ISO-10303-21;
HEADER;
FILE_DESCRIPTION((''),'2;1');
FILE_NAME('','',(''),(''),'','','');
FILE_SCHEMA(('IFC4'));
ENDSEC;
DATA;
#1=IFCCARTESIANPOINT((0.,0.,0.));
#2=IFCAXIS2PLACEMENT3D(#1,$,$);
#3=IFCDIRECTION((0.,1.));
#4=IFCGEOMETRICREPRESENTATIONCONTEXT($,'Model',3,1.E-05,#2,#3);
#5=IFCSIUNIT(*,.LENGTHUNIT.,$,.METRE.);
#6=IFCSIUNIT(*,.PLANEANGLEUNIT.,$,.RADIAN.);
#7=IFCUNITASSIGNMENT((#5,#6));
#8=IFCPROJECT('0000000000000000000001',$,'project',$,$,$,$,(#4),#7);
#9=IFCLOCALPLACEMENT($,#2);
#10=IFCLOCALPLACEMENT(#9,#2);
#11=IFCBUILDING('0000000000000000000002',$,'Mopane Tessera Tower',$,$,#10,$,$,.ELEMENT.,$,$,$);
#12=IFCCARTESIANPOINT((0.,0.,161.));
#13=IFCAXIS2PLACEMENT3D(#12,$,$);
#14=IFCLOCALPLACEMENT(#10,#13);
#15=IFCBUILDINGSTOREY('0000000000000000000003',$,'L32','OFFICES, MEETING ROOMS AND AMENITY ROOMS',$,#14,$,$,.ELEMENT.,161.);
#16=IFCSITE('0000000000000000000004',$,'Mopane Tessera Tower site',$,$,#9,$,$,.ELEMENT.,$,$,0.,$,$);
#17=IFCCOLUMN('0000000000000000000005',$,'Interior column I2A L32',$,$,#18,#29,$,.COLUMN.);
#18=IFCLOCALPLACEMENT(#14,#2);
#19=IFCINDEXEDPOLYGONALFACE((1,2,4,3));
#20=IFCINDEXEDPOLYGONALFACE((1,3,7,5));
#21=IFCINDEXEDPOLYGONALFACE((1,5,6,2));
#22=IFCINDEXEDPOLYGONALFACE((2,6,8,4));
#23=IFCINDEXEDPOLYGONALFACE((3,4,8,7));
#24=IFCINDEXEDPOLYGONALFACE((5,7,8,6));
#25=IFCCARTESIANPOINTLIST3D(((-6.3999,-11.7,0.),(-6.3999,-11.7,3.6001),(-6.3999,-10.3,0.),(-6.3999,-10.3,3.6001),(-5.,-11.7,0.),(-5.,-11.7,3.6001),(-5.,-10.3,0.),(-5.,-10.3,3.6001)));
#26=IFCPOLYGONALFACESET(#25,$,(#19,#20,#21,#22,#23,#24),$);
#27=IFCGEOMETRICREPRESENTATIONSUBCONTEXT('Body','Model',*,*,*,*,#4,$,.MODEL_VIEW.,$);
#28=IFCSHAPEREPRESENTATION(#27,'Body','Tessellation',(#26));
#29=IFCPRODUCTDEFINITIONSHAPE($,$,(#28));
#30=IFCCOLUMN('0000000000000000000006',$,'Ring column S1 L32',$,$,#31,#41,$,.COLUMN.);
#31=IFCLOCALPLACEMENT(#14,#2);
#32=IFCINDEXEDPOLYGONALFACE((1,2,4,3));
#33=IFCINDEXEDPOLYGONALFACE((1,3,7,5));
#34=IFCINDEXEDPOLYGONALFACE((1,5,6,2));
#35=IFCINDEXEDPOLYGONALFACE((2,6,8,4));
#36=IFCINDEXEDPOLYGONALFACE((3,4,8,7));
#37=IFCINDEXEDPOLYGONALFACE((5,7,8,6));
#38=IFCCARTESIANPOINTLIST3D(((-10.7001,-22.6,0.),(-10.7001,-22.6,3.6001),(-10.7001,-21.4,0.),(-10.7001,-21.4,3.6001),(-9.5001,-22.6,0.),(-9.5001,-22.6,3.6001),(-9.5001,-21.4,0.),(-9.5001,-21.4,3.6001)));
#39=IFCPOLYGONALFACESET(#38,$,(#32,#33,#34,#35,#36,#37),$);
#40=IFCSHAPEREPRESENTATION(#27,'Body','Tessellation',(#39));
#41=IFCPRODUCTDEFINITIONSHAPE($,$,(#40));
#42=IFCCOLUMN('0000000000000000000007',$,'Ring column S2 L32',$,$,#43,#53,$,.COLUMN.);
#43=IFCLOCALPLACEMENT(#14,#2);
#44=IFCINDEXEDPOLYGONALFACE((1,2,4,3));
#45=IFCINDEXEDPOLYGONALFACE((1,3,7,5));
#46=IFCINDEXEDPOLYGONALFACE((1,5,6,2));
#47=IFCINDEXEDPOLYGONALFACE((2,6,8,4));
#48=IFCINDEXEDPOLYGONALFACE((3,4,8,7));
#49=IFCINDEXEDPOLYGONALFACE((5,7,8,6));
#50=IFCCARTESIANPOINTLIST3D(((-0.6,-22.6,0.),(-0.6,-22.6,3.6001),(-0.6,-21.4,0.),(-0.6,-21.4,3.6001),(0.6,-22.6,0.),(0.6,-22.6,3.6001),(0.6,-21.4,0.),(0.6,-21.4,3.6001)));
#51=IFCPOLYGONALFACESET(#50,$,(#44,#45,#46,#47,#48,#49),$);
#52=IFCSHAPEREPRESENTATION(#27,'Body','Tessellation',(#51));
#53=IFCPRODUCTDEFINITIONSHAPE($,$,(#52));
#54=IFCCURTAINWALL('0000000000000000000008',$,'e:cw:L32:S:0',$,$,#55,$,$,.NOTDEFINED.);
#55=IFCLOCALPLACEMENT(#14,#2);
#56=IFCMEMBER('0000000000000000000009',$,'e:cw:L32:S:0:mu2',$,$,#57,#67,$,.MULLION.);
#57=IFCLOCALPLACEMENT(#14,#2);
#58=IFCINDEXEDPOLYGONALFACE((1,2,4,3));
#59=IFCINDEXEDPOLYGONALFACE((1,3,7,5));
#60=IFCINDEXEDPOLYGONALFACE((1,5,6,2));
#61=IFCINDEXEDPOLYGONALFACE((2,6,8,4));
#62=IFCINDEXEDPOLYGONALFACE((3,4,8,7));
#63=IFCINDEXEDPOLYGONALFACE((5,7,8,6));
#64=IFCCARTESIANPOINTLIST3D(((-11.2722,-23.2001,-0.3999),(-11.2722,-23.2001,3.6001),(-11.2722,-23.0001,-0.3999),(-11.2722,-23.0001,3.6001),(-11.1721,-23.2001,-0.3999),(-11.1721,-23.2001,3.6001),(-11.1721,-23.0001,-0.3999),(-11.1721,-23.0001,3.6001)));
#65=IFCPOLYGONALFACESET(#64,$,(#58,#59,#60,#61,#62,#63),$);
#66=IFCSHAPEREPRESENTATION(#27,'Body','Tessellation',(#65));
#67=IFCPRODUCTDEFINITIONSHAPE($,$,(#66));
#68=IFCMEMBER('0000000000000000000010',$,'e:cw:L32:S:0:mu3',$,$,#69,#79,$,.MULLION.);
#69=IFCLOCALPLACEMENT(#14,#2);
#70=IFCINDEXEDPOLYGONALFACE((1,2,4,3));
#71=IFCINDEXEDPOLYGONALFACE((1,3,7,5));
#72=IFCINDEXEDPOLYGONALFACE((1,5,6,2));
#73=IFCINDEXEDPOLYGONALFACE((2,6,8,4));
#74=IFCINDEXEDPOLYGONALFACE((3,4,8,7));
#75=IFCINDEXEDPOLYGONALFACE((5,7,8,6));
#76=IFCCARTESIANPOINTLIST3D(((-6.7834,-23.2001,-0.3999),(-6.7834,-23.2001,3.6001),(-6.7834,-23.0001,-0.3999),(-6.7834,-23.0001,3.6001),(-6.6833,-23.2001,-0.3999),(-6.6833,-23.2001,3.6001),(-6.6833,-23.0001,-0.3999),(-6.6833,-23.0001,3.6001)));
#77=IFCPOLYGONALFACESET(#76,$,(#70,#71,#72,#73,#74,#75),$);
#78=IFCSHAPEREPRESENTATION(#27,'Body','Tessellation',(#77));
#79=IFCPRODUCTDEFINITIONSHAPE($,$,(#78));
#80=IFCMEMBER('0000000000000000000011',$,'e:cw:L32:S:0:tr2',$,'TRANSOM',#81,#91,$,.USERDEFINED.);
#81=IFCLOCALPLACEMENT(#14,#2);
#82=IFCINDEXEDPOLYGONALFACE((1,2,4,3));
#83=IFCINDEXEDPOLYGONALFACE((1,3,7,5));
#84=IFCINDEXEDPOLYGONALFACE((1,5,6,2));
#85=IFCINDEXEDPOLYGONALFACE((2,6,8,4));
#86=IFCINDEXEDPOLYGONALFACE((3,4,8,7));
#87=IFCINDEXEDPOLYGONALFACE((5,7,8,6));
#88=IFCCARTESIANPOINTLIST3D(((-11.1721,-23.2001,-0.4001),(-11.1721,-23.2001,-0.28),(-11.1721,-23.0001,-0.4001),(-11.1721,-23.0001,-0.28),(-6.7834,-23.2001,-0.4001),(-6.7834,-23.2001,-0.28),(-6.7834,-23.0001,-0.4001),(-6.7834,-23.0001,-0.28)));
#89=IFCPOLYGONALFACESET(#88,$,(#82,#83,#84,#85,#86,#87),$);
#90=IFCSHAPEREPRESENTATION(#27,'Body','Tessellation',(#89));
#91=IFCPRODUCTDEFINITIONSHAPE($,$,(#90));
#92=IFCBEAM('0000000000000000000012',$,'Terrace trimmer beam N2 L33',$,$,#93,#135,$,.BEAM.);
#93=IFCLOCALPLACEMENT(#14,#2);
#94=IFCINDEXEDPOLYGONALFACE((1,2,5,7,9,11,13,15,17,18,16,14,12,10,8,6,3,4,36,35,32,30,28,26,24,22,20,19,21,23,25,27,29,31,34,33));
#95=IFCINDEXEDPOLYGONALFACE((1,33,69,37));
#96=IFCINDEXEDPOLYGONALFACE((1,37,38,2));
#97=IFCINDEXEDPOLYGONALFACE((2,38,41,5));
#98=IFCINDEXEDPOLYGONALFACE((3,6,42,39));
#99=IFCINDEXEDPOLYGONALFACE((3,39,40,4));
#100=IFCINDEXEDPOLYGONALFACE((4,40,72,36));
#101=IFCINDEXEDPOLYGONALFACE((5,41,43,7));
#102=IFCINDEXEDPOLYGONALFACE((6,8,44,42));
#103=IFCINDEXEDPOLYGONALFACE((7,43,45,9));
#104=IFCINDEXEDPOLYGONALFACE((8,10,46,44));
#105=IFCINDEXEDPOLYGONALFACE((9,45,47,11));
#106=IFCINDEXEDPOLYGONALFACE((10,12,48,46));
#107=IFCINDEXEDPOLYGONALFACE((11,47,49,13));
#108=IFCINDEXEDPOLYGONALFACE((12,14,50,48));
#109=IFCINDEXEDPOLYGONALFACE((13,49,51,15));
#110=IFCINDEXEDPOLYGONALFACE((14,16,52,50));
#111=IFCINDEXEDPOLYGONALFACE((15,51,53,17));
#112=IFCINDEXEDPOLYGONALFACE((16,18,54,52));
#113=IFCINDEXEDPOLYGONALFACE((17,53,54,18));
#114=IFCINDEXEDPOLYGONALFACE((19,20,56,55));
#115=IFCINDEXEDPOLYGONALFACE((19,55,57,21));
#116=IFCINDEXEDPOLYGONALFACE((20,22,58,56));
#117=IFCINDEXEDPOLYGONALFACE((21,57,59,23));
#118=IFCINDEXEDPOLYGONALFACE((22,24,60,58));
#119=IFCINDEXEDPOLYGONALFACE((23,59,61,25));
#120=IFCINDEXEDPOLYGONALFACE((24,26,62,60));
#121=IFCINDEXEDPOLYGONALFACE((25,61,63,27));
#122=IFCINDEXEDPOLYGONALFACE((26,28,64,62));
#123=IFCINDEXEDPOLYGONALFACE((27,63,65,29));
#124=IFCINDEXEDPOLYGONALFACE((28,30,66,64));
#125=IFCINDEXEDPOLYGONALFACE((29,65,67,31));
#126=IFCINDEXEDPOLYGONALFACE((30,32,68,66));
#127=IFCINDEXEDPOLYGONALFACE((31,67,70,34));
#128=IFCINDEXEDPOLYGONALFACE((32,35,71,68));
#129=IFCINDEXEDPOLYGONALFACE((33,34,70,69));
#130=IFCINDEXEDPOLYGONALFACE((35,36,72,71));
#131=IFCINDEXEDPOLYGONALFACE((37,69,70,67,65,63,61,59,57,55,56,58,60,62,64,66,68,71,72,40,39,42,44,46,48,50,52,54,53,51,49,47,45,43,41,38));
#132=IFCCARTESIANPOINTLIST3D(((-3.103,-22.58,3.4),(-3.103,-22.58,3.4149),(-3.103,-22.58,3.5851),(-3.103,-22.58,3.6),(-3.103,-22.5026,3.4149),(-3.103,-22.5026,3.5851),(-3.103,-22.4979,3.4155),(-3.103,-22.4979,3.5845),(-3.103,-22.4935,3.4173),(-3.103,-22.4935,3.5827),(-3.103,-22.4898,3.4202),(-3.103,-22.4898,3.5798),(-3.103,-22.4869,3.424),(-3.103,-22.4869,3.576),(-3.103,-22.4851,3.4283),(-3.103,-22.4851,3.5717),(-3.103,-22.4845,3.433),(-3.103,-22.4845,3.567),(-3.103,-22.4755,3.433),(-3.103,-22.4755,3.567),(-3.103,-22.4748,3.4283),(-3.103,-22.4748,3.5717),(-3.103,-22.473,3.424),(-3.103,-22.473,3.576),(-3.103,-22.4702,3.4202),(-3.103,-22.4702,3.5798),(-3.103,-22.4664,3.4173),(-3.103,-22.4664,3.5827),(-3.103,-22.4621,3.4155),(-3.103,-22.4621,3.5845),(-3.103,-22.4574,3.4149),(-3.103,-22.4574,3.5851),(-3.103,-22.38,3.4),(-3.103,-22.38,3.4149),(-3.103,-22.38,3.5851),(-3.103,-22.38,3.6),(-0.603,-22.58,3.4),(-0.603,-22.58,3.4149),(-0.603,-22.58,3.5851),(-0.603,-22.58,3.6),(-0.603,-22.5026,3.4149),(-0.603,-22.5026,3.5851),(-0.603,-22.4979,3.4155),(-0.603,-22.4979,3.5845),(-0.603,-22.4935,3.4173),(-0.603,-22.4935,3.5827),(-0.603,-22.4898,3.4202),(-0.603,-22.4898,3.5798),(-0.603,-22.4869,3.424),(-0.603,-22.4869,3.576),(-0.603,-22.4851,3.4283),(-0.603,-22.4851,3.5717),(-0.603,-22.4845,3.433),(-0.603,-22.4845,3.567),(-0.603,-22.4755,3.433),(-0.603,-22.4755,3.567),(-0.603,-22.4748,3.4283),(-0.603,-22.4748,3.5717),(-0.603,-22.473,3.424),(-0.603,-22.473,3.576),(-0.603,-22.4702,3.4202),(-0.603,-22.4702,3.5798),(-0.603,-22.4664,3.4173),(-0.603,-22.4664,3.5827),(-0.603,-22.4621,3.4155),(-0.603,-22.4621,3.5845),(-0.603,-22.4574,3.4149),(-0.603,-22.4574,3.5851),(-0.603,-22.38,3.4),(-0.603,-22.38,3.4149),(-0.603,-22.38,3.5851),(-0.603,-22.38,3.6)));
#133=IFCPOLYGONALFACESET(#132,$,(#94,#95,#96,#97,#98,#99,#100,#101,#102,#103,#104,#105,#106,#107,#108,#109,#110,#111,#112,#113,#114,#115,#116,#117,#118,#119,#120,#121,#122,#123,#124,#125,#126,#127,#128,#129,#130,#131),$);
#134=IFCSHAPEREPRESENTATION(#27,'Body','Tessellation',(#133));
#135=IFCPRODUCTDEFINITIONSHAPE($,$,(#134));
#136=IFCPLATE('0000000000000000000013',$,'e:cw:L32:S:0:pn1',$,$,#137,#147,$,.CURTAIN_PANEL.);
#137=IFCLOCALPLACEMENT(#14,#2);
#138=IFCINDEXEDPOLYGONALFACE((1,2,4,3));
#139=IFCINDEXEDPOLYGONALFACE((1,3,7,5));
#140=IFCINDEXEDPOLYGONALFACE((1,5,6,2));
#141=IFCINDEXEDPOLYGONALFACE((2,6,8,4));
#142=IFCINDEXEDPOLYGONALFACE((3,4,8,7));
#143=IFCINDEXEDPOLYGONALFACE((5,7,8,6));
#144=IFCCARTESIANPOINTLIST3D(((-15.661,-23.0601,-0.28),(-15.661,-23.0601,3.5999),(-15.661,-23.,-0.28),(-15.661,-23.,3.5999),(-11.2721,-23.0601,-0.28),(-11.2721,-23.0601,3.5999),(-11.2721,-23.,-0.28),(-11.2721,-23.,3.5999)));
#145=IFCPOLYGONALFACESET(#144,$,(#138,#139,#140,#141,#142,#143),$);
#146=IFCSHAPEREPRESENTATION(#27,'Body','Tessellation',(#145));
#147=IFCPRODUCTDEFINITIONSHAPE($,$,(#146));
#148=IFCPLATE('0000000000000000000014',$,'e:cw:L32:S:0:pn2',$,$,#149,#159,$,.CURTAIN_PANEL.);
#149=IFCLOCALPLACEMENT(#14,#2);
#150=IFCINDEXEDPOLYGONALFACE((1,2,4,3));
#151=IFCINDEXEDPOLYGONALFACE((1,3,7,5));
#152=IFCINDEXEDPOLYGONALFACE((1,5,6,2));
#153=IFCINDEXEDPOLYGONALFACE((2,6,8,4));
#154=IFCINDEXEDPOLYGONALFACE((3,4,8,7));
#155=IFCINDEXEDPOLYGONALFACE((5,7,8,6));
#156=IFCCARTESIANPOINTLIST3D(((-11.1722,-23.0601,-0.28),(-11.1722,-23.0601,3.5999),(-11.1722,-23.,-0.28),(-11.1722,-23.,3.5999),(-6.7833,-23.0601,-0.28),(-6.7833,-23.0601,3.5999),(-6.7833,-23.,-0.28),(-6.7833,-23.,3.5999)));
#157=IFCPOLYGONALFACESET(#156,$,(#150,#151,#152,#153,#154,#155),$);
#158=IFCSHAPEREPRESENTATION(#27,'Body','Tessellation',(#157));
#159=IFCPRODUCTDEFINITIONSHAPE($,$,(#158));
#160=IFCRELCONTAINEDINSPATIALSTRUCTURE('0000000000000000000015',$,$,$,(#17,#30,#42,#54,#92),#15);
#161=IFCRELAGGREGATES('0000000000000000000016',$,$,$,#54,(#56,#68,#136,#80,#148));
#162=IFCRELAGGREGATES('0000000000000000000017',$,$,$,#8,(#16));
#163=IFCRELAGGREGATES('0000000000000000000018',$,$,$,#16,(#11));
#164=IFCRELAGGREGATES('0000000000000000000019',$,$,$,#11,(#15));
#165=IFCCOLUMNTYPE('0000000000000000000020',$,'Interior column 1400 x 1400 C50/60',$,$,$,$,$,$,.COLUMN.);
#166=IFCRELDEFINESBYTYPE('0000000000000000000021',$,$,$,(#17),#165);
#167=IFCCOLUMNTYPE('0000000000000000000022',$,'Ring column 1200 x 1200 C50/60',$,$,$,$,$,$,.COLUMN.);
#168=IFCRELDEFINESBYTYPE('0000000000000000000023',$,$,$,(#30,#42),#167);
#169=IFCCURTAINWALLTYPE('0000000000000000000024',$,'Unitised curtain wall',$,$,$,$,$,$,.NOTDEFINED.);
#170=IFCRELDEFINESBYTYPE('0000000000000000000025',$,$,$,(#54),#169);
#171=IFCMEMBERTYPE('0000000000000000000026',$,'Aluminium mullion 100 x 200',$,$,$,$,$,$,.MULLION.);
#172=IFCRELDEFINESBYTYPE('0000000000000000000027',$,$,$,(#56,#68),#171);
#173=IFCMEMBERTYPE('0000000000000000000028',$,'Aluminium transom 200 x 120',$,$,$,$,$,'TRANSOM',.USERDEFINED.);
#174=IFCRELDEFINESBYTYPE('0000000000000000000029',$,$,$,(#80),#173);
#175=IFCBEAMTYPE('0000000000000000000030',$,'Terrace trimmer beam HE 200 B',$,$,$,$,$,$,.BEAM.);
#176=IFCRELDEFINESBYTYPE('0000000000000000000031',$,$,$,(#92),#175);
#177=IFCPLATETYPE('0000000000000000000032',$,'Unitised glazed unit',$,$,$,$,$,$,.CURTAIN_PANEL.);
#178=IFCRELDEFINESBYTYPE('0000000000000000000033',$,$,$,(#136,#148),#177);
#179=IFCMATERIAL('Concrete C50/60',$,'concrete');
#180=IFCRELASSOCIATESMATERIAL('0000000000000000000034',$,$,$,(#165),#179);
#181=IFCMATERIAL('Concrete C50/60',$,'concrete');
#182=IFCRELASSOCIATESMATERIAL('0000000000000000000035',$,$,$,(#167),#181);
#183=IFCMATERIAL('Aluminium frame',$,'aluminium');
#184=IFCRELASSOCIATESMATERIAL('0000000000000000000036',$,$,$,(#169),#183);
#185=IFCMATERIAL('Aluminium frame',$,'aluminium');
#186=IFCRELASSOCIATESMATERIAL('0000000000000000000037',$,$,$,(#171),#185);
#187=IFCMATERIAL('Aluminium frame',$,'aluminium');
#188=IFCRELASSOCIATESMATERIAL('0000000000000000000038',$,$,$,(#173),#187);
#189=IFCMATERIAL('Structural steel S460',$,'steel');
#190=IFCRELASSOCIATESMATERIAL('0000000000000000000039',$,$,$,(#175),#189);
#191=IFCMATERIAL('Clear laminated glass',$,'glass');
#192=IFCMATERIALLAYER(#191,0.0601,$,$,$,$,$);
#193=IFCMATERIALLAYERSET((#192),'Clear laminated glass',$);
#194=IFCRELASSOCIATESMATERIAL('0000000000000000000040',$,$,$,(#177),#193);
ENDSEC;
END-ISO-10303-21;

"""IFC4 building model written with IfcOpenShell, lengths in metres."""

from ifc_helpers import new_model, si_unit, direction, frame, origin, origin_2d, place, context, subcontext, project, spatial, rectangle, i_section, extrude, material, layer, layer_set, material_profile, profile_set, type_object, element, aggregate, save


model = new_model("IFC4")

# Units and contexts
model_context = context("Model", 3, precision=1e-05, world=origin(), true_north=direction((0.0, 1.0)))
body_context = subcontext(model_context, "Body", "Model", "MODEL_VIEW")
ifc_project = project(units=[si_unit("LENGTHUNIT", "METRE"), si_unit("PLANEANGLEUNIT", "RADIAN")], contexts=[model_context])

# Site, building, storey
site_placement = place(None, origin())
site = spatial("IfcSite", under=ifc_project, at=site_placement, Name="Mopane Tessera Tower site", CompositionType="ELEMENT", RefElevation=0.0)
building_placement = place(site_placement, origin())
building = spatial("IfcBuilding", under=site, at=building_placement, Name="Mopane Tessera Tower", CompositionType="ELEMENT")
storey_placement = place(building_placement, frame((0.0, 0.0, 161.0)))
storey = spatial("IfcBuildingStorey", under=building, at=storey_placement, Name="L32", Description="OFFICES, MEETING ROOMS AND AMENITY ROOMS", CompositionType="ELEMENT", Elevation=161.0)

# Columns
ifc_material_1 = material(Name="Concrete C50/60", Category="concrete")
ifc_material_profile_1 = material_profile(ifc_material_1, rectangle(XDim=1.3999, YDim=1.3999, at=origin_2d()))
ifc_profile_set_1 = profile_set([ifc_material_profile_1], Name="Concrete C50/60")
column_type_1 = type_object("IfcColumnType", Name="Interior column 1400 x 1400 C50/60", PredefinedType="COLUMN", material=ifc_profile_set_1)
column_placement = place(storey_placement, frame((-5.7, -11.0, 0.0), z_axis=(0.0, 0.0, 1.0), x_axis=(1.0, 0.0, 0.0)))
element("IfcColumn", 1, at=column_placement, inside=storey, type_object=column_type_1, Name="Interior column I2A L32", PredefinedType="COLUMN", context=body_context, shape_type="SweptSolid", body=[
    extrude(rectangle(XDim=1.3999, YDim=1.3999, at=origin_2d()), origin(), (0.0, 0.0, 1.0), 3.6001),
])
ifc_material_2 = material(Name="Concrete C50/60", Category="concrete")
ifc_material_profile_2 = material_profile(ifc_material_2, rectangle(XDim=1.2, YDim=1.2, at=origin_2d()))
ifc_profile_set_2 = profile_set([ifc_material_profile_2], Name="Concrete C50/60")
column_type_2 = type_object("IfcColumnType", Name="Ring column 1200 x 1200 C50/60", PredefinedType="COLUMN", material=ifc_profile_set_2)
for number, where, z_axis, x_axis, name in (
    (2, (-10.1001, -22.0, 0.0), (0.0, 0.0, 1.0), (1.0, 0.0, 0.0), "Ring column S1 L32"),
    (3, (0.0, -22.0, 0.0), (0.0, 0.0, 1.0), (1.0, 0.0, 0.0), "Ring column S2 L32"),
):
    element("IfcColumn", number, at=place(storey_placement, frame(where, z_axis=z_axis, x_axis=x_axis)), inside=storey, type_object=column_type_2, Name=name, PredefinedType="COLUMN", context=body_context, shape_type="SweptSolid", body=[
        extrude(rectangle(XDim=1.2, YDim=1.2, at=origin_2d()), origin(), (0.0, 0.0, 1.0), 3.6001),
    ])

# Curtain wall, members
ifc_material_3 = material(Name="Aluminium frame", Category="aluminium")
curtain_wall_type = type_object("IfcCurtainWallType", Name="Unitised curtain wall", PredefinedType="NOTDEFINED", material=ifc_material_3)
curtain_wall_placement = place(storey_placement, origin())
curtain_wall = element("IfcCurtainWall", 4, at=curtain_wall_placement, inside=storey, type_object=curtain_wall_type, Name="e:cw:L32:S:0", PredefinedType="NOTDEFINED")
ifc_material_4 = material(Name="Aluminium frame", Category="aluminium")
ifc_material_profile_3 = material_profile(ifc_material_4, rectangle(XDim=0.1001, YDim=0.2, at=origin_2d()))
ifc_profile_set_3 = profile_set([ifc_material_profile_3], Name="Aluminium frame")
member_type_1 = type_object("IfcMemberType", Name="Aluminium mullion 100 x 200", PredefinedType="MULLION", material=ifc_profile_set_3)
member_1_placement = place(storey_placement, frame((-11.2222, -23.1001, -0.3999), z_axis=(0.0, 0.0, 1.0), x_axis=(1.0, 0.0, 0.0)))
member_1 = element("IfcMember", 5, at=member_1_placement, type_object=member_type_1, Name="e:cw:L32:S:0:mu2", PredefinedType="MULLION", context=body_context, shape_type="SweptSolid", body=[
    extrude(rectangle(XDim=0.1001, YDim=0.2, at=origin_2d()), origin(), (0.0, 0.0, 1.0), 4.0),
])
member_2_placement = place(storey_placement, frame((-6.7334, -23.1001, -0.3999), z_axis=(0.0, 0.0, 1.0), x_axis=(1.0, 0.0, 0.0)))
member_2 = element("IfcMember", 6, at=member_2_placement, type_object=member_type_1, Name="e:cw:L32:S:0:mu3", PredefinedType="MULLION", context=body_context, shape_type="SweptSolid", body=[
    extrude(rectangle(XDim=0.1001, YDim=0.2, at=origin_2d()), origin(), (0.0, 0.0, 1.0), 4.0),
])
ifc_material_5 = material(Name="Aluminium frame", Category="aluminium")
ifc_material_profile_4 = material_profile(ifc_material_5, rectangle(XDim=0.2, YDim=0.1201, at=origin_2d()))
ifc_profile_set_4 = profile_set([ifc_material_profile_4], Name="Aluminium frame")
member_type_2 = type_object("IfcMemberType", Name="Aluminium transom 200 x 120", ElementType="TRANSOM", PredefinedType="USERDEFINED", material=ifc_profile_set_4)
member_3_placement = place(storey_placement, frame((-11.1721, -23.1001, -0.3401), z_axis=(1.0, 0.0, 0.0), x_axis=(0.0, 1.0, 0.0)))
member_3 = element("IfcMember", 7, at=member_3_placement, type_object=member_type_2, Name="e:cw:L32:S:0:tr2", ObjectType="TRANSOM", PredefinedType="USERDEFINED", context=body_context, shape_type="SweptSolid", body=[
    extrude(rectangle(XDim=0.2, YDim=0.1201, at=origin_2d()), origin(), (0.0, 0.0, 1.0), 4.3887),
])

# Beam
ifc_material_6 = material(Name="Structural steel S460", Category="steel")
ifc_material_profile_5 = material_profile(ifc_material_6, i_section(OverallWidth=0.2, OverallDepth=0.2, WebThickness=0.009, FlangeThickness=0.0149, FilletRadius=0.0181, at=origin_2d()))
ifc_profile_set_5 = profile_set([ifc_material_profile_5], Name="Structural steel S460")
beam_type = type_object("IfcBeamType", Name="Terrace trimmer beam HE 200 B", PredefinedType="BEAM", material=ifc_profile_set_5)
beam_placement = place(storey_placement, frame((-0.603, -22.48, 3.5), z_axis=(-1.0, 0.0, 0.0), x_axis=(0.0, -1.0, 0.0)))
element("IfcBeam", 8, at=beam_placement, inside=storey, type_object=beam_type, Name="Terrace trimmer beam N2 L33", PredefinedType="BEAM", context=body_context, shape_type="SweptSolid", body=[
    extrude(i_section(OverallWidth=0.2, OverallDepth=0.2, WebThickness=0.009, FlangeThickness=0.0149, FilletRadius=0.0181, at=origin_2d()), origin(), (0.0, 0.0, 1.0), 2.5),
])

# Plates
ifc_material_7 = material(Name="Clear laminated glass", Category="glass")
ifc_layer_1 = layer(ifc_material_7, 0.0601)
ifc_layer_set_1 = layer_set([ifc_layer_1], Name="Clear laminated glass")
plate_type = type_object("IfcPlateType", Name="Unitised glazed unit", PredefinedType="CURTAIN_PANEL", material=ifc_layer_set_1)
plate_1_placement = place(storey_placement, frame((-13.4666, -23.03, -0.28), z_axis=(0.0, 0.0, 1.0), x_axis=(1.0, 0.0, 0.0)))
plate_1 = element("IfcPlate", 9, at=plate_1_placement, type_object=plate_type, Name="e:cw:L32:S:0:pn1", PredefinedType="CURTAIN_PANEL", context=body_context, shape_type="SweptSolid", body=[
    extrude(rectangle(XDim=4.3889, YDim=0.0601, at=origin_2d()), origin(), (0.0, 0.0, 1.0), 3.8799),
])
plate_2_placement = place(storey_placement, frame((-8.9778, -23.03, -0.28), z_axis=(0.0, 0.0, 1.0), x_axis=(1.0, 0.0, 0.0)))
plate_2 = element("IfcPlate", 10, at=plate_2_placement, type_object=plate_type, Name="e:cw:L32:S:0:pn2", PredefinedType="CURTAIN_PANEL", context=body_context, shape_type="SweptSolid", body=[
    extrude(rectangle(XDim=4.3889, YDim=0.0601, at=origin_2d()), origin(), (0.0, 0.0, 1.0), 3.8799),
])
aggregate(curtain_wall, [member_1, member_2, plate_1, member_3, plate_2])

save(model, "model.ifc")
